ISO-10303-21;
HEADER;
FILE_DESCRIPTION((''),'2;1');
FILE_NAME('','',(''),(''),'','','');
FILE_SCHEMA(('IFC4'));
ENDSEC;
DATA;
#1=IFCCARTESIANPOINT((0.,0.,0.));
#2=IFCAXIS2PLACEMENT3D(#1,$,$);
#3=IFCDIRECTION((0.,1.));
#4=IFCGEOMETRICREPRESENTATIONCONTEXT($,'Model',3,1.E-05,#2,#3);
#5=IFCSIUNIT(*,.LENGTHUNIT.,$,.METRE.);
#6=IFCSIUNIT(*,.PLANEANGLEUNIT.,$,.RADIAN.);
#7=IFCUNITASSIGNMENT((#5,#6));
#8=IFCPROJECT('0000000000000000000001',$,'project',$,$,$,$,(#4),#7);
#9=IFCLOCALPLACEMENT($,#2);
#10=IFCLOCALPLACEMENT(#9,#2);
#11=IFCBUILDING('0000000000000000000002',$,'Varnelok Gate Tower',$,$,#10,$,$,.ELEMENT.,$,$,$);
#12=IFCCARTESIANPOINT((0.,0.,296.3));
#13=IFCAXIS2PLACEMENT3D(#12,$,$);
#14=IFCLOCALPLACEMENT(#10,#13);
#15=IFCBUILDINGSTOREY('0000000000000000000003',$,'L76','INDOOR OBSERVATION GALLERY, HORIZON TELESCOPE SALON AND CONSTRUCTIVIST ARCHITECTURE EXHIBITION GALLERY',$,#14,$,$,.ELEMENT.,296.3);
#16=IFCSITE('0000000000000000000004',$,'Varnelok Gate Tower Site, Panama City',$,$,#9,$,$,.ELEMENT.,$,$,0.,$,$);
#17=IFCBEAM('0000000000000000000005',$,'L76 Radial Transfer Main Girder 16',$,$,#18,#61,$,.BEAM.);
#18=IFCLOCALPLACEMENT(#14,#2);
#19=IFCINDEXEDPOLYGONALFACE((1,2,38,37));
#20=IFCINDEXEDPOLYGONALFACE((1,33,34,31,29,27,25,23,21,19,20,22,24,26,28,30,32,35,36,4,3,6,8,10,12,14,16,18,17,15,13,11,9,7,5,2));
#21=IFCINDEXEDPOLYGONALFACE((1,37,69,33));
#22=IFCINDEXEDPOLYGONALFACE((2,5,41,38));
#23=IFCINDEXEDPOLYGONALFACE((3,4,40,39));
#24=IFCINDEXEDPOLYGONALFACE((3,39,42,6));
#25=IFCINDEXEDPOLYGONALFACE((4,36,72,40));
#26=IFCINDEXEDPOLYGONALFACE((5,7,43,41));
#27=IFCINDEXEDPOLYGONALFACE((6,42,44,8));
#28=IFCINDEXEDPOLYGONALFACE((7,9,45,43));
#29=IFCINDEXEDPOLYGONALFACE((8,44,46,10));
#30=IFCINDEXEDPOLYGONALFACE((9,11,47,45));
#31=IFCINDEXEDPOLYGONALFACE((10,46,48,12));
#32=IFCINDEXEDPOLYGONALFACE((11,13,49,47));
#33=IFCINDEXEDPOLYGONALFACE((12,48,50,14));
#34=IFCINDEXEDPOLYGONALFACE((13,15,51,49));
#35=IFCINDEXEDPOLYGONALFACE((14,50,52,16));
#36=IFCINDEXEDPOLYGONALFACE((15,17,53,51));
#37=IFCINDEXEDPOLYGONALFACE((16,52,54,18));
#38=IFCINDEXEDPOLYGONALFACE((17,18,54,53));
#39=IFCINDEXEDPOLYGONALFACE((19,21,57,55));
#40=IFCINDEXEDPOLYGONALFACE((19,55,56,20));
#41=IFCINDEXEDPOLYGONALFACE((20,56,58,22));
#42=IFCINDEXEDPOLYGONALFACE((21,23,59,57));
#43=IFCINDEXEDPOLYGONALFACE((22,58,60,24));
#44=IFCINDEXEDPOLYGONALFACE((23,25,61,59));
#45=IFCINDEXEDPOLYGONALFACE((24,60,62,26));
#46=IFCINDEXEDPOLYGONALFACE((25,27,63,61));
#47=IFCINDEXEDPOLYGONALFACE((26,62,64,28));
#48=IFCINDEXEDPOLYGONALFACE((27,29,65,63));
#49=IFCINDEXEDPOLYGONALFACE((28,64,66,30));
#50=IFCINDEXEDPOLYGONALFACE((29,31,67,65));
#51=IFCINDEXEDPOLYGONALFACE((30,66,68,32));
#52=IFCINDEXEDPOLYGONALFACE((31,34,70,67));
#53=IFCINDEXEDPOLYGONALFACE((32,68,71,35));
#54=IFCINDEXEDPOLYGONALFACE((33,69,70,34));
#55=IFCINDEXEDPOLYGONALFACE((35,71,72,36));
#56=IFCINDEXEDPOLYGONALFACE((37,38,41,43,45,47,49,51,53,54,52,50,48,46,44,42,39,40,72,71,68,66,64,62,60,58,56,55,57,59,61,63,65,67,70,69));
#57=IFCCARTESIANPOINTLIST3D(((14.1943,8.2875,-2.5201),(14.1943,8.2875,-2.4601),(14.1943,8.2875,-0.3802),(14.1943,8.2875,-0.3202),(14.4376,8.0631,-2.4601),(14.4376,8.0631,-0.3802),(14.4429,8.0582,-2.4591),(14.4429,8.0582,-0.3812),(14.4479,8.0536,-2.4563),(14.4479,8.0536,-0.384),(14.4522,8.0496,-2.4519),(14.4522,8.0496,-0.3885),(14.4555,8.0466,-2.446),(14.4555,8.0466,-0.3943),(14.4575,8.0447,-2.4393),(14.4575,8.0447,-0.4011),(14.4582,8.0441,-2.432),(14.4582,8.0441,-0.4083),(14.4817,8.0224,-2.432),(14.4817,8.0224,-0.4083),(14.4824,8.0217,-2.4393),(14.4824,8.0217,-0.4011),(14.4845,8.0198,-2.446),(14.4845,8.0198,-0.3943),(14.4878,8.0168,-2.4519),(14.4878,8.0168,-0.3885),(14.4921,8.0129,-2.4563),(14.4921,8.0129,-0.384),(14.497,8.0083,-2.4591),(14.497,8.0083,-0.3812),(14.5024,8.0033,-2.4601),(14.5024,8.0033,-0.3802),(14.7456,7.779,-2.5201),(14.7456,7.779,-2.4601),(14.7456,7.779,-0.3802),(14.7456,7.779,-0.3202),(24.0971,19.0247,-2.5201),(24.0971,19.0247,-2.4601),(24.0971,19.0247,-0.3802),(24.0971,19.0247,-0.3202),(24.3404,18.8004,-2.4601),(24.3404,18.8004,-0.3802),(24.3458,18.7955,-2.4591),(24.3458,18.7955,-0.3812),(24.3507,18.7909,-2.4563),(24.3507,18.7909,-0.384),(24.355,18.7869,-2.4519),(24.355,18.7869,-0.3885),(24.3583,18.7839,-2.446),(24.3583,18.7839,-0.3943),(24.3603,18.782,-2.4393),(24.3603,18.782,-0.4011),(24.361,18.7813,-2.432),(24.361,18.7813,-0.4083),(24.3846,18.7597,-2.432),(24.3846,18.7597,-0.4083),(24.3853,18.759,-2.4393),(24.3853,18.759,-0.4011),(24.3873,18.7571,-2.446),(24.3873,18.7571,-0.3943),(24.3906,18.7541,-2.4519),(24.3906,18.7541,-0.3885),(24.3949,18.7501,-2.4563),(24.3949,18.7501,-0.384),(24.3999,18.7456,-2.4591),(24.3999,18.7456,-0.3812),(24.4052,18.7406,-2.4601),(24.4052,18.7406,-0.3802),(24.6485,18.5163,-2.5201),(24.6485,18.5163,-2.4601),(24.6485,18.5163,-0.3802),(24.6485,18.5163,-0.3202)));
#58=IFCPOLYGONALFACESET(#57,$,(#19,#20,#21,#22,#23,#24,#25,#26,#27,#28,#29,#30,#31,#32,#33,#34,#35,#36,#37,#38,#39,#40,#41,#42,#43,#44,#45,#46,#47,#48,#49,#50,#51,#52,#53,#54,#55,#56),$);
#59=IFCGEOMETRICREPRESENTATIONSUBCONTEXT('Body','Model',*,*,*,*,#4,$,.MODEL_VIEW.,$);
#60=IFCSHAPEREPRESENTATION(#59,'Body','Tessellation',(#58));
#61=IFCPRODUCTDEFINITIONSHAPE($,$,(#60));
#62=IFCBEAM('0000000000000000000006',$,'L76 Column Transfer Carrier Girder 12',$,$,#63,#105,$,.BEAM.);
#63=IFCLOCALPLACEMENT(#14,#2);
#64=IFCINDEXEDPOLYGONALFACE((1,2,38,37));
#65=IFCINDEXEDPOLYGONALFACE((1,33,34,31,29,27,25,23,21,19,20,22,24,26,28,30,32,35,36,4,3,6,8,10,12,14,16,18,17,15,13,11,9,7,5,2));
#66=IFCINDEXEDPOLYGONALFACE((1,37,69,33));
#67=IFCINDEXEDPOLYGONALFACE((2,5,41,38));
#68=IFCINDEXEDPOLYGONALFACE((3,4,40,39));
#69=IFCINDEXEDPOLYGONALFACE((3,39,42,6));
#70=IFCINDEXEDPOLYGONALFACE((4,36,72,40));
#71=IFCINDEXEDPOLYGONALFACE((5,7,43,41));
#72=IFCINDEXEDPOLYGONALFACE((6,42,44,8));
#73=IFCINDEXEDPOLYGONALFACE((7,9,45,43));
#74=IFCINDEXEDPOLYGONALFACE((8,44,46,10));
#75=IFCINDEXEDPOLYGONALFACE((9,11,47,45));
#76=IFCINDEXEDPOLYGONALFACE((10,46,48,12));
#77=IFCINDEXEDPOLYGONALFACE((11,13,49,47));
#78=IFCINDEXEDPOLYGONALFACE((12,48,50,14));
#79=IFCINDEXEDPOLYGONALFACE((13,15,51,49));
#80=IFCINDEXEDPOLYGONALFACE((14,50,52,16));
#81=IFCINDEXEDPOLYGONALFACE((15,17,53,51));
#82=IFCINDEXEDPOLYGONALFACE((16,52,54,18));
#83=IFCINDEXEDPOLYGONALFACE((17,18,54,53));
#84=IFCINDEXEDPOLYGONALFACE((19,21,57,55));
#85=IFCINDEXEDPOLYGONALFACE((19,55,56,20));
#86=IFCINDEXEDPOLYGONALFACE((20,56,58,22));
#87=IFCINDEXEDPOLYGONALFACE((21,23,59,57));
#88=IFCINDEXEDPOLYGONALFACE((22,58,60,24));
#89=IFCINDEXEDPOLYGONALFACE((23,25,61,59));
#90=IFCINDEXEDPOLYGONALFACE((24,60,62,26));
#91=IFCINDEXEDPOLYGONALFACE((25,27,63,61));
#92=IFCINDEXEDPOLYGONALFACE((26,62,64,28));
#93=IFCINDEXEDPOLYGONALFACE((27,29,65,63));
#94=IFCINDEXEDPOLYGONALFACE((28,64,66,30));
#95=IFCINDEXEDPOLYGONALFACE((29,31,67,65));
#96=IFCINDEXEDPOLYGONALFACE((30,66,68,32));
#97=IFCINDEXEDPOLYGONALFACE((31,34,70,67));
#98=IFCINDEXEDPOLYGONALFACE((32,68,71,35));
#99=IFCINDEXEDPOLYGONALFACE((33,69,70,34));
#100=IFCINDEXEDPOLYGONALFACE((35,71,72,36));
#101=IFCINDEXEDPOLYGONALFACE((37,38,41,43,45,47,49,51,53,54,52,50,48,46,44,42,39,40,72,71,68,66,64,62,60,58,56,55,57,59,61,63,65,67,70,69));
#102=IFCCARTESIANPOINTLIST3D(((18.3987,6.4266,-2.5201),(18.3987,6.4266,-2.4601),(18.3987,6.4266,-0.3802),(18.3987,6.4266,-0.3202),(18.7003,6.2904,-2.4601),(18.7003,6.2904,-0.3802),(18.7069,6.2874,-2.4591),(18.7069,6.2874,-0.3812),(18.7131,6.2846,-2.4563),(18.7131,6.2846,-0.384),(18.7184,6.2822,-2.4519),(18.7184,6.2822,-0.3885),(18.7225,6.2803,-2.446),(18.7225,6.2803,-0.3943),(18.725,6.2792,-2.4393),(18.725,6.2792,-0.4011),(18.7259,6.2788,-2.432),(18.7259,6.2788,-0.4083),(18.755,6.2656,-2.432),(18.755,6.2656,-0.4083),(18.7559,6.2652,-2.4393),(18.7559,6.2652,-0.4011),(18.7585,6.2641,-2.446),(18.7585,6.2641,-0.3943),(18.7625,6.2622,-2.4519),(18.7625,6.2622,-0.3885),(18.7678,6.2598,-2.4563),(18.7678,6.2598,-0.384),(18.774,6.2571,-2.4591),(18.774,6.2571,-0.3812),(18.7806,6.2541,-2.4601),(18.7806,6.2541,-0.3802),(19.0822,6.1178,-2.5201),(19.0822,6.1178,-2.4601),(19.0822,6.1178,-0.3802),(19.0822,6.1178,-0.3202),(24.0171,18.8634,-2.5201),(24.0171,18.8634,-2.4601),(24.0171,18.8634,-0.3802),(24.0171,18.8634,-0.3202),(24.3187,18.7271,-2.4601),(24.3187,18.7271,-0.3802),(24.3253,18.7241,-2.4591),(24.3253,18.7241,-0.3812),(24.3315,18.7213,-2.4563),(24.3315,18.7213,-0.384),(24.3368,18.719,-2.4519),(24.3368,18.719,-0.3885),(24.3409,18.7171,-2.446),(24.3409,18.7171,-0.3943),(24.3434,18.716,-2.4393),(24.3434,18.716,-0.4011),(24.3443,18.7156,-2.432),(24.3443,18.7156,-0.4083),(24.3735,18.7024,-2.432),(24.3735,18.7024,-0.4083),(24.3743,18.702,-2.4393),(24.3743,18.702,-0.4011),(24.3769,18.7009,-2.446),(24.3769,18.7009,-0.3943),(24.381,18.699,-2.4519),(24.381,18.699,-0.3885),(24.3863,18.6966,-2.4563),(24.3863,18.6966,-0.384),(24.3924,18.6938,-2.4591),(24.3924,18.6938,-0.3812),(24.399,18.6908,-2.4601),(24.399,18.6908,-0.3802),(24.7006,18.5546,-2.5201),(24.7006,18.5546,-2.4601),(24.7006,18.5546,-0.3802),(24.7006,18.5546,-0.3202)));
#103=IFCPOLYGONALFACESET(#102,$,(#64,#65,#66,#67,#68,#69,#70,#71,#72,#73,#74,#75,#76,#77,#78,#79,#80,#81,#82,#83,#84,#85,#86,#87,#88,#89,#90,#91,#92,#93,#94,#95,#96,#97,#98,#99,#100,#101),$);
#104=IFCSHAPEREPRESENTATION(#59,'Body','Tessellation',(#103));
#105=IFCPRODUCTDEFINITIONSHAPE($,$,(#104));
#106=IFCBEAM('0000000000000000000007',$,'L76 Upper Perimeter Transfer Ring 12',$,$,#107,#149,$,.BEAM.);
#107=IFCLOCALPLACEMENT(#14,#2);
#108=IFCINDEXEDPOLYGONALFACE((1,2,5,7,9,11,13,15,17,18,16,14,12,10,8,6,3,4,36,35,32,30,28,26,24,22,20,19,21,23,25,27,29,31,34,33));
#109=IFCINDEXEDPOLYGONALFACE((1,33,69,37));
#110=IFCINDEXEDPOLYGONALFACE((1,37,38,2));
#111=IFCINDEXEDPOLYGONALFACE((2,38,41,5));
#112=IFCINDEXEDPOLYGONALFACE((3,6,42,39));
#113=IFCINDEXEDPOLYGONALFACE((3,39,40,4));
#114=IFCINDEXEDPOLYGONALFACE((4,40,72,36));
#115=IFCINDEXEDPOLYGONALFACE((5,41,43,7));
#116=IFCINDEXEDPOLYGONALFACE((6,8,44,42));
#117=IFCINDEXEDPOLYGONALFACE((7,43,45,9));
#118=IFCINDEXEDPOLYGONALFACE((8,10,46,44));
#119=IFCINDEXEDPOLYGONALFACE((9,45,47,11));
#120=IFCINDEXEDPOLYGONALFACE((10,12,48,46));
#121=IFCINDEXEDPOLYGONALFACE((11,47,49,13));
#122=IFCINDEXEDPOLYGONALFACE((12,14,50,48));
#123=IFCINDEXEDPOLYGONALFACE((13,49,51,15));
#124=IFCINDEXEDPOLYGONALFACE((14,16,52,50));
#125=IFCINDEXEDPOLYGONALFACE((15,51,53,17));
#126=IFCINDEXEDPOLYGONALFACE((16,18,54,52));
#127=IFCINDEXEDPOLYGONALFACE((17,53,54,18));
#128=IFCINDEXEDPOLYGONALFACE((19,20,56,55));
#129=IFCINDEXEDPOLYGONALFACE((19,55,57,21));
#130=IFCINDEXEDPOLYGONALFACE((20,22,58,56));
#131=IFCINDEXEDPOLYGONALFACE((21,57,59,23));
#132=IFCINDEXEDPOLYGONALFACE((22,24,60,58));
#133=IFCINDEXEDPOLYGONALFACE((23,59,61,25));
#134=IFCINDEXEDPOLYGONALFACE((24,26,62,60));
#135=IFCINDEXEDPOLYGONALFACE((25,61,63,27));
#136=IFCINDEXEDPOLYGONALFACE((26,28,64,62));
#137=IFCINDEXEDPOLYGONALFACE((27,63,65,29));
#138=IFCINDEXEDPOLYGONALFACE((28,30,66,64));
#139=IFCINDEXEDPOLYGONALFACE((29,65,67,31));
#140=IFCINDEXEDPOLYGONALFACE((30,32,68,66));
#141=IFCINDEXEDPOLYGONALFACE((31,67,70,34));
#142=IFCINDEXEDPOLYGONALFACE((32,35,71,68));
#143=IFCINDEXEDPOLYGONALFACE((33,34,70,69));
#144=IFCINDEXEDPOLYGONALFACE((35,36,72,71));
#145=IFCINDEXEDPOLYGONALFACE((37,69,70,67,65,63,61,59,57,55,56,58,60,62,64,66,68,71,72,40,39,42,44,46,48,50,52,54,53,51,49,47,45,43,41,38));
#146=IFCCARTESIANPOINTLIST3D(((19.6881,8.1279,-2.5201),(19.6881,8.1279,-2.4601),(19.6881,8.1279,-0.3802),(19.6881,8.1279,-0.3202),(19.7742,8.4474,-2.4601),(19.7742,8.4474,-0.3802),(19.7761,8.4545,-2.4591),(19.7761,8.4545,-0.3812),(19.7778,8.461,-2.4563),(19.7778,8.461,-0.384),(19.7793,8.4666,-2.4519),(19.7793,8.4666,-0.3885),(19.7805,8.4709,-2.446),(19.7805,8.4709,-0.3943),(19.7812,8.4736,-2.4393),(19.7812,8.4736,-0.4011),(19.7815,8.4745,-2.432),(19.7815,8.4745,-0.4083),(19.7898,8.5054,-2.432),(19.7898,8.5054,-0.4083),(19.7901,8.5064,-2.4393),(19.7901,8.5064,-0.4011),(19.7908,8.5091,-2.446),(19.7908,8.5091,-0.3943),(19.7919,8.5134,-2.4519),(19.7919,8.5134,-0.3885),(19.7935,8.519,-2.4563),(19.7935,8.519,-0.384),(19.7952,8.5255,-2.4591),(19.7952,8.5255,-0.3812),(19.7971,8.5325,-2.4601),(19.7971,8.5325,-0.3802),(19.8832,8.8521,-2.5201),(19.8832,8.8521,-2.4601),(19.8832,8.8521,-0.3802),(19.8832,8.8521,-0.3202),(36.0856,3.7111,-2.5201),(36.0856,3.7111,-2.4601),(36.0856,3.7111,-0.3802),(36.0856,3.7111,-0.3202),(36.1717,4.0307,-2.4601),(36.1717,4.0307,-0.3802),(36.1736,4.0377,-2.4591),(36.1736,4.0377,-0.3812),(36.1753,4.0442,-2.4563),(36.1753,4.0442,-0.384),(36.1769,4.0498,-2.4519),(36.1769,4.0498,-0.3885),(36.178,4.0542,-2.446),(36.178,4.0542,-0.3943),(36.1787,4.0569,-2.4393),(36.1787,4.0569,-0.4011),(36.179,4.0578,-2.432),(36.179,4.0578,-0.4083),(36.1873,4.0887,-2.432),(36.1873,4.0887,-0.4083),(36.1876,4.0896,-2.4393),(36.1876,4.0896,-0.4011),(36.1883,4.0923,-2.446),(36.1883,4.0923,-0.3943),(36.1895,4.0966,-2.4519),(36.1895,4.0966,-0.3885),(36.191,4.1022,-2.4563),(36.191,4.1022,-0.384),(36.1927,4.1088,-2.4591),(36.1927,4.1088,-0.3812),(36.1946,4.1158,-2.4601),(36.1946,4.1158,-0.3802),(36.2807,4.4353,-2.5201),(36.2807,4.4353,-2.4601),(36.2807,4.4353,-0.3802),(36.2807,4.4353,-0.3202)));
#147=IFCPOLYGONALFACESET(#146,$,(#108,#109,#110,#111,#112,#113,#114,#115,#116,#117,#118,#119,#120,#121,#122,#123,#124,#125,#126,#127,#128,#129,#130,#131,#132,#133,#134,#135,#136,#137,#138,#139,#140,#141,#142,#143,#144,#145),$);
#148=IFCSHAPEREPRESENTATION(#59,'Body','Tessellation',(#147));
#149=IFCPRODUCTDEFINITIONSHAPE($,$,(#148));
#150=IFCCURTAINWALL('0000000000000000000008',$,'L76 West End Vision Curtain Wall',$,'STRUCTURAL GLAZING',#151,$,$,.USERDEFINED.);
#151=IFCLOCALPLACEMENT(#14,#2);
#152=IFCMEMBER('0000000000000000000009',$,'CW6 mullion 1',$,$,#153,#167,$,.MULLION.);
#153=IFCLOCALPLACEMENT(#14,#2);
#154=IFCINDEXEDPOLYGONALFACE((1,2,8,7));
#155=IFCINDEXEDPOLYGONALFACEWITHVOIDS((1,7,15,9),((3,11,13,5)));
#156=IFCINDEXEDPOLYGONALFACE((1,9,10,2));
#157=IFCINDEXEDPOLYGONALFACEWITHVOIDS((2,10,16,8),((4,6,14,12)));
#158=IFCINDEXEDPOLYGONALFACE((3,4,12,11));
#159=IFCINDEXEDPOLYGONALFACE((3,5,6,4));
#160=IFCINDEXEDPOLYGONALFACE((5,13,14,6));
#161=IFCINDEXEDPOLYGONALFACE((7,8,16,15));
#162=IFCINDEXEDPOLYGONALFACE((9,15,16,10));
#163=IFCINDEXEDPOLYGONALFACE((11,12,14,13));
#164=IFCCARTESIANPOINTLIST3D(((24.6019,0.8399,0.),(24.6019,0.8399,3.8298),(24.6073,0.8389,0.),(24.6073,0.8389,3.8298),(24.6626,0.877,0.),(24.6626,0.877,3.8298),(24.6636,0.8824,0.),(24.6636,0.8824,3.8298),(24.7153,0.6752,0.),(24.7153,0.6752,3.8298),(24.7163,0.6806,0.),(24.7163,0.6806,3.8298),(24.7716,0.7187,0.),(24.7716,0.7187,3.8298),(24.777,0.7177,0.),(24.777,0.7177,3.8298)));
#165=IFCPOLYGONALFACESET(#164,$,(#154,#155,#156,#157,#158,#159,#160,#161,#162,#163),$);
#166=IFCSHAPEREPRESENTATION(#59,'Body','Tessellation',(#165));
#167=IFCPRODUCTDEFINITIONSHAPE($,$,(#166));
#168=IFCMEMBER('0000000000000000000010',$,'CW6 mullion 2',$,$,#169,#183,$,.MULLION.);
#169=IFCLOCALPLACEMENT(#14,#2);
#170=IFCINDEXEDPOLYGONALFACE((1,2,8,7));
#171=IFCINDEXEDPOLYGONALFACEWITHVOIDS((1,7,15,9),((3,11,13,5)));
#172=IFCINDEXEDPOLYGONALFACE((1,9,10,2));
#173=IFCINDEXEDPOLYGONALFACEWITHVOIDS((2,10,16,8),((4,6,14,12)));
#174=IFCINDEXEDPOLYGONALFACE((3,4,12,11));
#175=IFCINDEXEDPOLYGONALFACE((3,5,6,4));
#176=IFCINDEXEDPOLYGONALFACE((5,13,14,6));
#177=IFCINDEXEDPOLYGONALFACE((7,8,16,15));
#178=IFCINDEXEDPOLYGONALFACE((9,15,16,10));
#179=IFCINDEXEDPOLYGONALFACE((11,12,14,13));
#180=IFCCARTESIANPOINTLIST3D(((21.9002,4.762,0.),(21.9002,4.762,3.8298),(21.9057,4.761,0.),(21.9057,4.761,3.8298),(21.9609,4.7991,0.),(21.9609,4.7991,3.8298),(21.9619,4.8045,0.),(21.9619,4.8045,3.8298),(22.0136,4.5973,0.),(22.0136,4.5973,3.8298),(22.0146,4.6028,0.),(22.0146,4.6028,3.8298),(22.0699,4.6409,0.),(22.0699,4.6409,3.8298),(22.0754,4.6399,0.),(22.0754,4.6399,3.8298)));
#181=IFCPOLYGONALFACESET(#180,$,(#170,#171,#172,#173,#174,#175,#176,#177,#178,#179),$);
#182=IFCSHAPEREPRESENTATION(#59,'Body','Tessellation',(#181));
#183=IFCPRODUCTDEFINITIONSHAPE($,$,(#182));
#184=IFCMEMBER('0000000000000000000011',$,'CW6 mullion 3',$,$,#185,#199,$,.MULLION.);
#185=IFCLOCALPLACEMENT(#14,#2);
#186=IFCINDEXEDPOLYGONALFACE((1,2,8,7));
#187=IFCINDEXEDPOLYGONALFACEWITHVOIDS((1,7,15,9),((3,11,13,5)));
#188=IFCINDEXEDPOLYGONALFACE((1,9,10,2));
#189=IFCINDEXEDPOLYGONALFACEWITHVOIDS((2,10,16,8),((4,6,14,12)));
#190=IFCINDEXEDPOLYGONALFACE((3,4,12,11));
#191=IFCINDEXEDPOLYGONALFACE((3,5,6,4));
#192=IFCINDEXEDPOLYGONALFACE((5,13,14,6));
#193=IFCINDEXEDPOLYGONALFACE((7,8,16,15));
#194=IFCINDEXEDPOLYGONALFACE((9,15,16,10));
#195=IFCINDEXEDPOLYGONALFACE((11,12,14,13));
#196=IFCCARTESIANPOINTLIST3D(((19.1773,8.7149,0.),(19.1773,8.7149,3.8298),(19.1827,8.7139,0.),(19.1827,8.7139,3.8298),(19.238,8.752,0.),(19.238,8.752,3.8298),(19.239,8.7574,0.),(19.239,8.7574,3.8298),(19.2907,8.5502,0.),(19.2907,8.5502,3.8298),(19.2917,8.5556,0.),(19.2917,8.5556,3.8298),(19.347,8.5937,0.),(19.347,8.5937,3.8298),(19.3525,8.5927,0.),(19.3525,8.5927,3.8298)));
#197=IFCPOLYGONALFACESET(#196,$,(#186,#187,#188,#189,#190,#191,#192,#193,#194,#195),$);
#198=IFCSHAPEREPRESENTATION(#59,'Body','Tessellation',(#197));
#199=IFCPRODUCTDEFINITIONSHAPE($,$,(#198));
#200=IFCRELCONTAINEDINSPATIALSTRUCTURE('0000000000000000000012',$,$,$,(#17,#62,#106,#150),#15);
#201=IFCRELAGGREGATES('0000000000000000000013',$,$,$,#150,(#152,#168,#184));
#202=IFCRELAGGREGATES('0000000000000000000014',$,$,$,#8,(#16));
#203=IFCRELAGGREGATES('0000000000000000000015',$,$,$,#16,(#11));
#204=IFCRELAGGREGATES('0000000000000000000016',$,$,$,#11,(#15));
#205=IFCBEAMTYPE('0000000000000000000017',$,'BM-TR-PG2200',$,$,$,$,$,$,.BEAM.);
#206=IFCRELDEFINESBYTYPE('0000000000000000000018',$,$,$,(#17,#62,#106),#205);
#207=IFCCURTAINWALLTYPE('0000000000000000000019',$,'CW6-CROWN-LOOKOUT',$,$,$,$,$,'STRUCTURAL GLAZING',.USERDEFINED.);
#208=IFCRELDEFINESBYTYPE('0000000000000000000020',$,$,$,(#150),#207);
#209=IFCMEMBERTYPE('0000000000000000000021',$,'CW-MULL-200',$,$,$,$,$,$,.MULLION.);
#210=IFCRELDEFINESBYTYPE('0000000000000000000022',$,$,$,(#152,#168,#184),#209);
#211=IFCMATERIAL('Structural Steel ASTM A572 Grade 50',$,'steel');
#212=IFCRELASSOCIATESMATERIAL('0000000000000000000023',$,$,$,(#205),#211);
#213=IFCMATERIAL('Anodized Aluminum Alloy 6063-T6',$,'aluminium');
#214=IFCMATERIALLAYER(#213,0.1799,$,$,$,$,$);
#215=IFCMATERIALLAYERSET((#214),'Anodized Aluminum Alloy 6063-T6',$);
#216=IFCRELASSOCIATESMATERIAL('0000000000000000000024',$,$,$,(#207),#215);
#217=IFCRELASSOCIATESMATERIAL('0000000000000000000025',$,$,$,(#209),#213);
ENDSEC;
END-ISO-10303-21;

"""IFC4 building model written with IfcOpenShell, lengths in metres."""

from ifc_helpers import new_model, si_unit, direction, frame, origin, origin_2d, place, context, subcontext, project, spatial, hollow_rectangle, i_section, extrude, material, layer, layer_set, material_profile, profile_set, type_object, element, aggregate, save


model = new_model("IFC4")

# Units and contexts
model_context = context("Model", 3, precision=1e-05, world=origin(), true_north=direction((0.0, 1.0)))
body_context = subcontext(model_context, "Body", "Model", "MODEL_VIEW")
ifc_project = project(units=[si_unit("LENGTHUNIT", "METRE"), si_unit("PLANEANGLEUNIT", "RADIAN")], contexts=[model_context])

# Site, building, storey
site_placement = place(None, origin())
site = spatial("IfcSite", under=ifc_project, at=site_placement, Name="Varnelok Gate Tower Site, Panama City", CompositionType="ELEMENT", RefElevation=0.0)
building_placement = place(site_placement, origin())
building = spatial("IfcBuilding", under=site, at=building_placement, Name="Varnelok Gate Tower", CompositionType="ELEMENT")
storey_placement = place(building_placement, frame((0.0, 0.0, 296.3)))
storey = spatial("IfcBuildingStorey", under=building, at=storey_placement, Name="L76", Description="INDOOR OBSERVATION GALLERY, HORIZON TELESCOPE SALON AND CONSTRUCTIVIST ARCHITECTURE EXHIBITION GALLERY", CompositionType="ELEMENT", Elevation=296.3)

# Beams
ifc_material_1 = material(Name="Structural Steel ASTM A572 Grade 50", Category="steel")
ifc_material_profile_1 = material_profile(ifc_material_1, i_section(OverallWidth=0.75, OverallDepth=2.2, WebThickness=0.032, FlangeThickness=0.0601, FilletRadius=0.0281, at=origin_2d()), Name="PG2200X750")
ifc_profile_set_1 = profile_set([ifc_material_profile_1], Name="Structural Steel ASTM A572 Grade 50")
beam_type_1 = type_object("IfcBeamType", Name="BM-TR-PG2200", PredefinedType="BEAM", material=ifc_profile_set_1)
beam_1_placement = place(storey_placement, frame((24.3728, 18.7705, -1.4202), z_axis=(-0.677965, -0.735094, 0.0), x_axis=(0.735094, -0.677965, 0.0)))
element("IfcBeam", 1, at=beam_1_placement, inside=storey, type_object=beam_type_1, Name="L76 Radial Transfer Main Girder 16", PredefinedType="BEAM", context=body_context, shape_type="SweptSolid", body=[
    extrude(i_section(OverallWidth=0.75, OverallDepth=2.2, WebThickness=0.032, FlangeThickness=0.0601, FilletRadius=0.0281, at=origin_2d()), origin(), (0.0, 0.0, 1.0), 14.6067),
])
beam_2_placement = place(storey_placement, frame((24.3589, 18.709, -1.4202), z_axis=(-0.411696, -0.911321, 0.0), x_axis=(0.911321, -0.411696, 0.0)))
element("IfcBeam", 2, at=beam_2_placement, inside=storey, type_object=beam_type_1, Name="L76 Column Transfer Carrier Girder 12", PredefinedType="BEAM", context=body_context, shape_type="SweptSolid", body=[
    extrude(i_section(OverallWidth=0.75, OverallDepth=2.2, WebThickness=0.032, FlangeThickness=0.0601, FilletRadius=0.0281, at=origin_2d()), origin(), (0.0, 0.0, 1.0), 13.647),
])
beam_3_placement = place(storey_placement, frame((19.7856, 8.49, -1.4202), z_axis=(0.965585, -0.260086, 0.0), x_axis=(0.260086, 0.965585, 0.0)))
element("IfcBeam", 3, at=beam_3_placement, inside=storey, type_object=beam_type_1, Name="L76 Upper Perimeter Transfer Ring 12", PredefinedType="BEAM", context=body_context, shape_type="SweptSolid", body=[
    extrude(i_section(OverallWidth=0.75, OverallDepth=2.2, WebThickness=0.032, FlangeThickness=0.0601, FilletRadius=0.0281, at=origin_2d()), origin(), (0.0, 0.0, 1.0), 16.9819),
])

# Curtain wall, members
ifc_material_2 = material(Name="Anodized Aluminum Alloy 6063-T6", Category="aluminium")
ifc_layer_1 = layer(ifc_material_2, 0.1799)
ifc_layer_set_1 = layer_set([ifc_layer_1], Name="Anodized Aluminum Alloy 6063-T6")
curtain_wall_type = type_object("IfcCurtainWallType", Name="CW6-CROWN-LOOKOUT", ElementType="STRUCTURAL GLAZING", PredefinedType="USERDEFINED", material=ifc_layer_set_1)
curtain_wall_placement = place(storey_placement, origin())
curtain_wall = element("IfcCurtainWall", 4, at=curtain_wall_placement, inside=storey, type_object=curtain_wall_type, Name="L76 West End Vision Curtain Wall", ObjectType="STRUCTURAL GLAZING", PredefinedType="USERDEFINED")
ifc_material_profile_2 = material_profile(ifc_material_2, hollow_rectangle(XDim=0.075, YDim=0.2, WallThickness=0.0039, at=origin_2d()), Name="ALU200X75X4")
ifc_profile_set_2 = profile_set([ifc_material_profile_2], Name="Anodized Aluminum Alloy 6063-T6")
member_type_1 = type_object("IfcMemberType", Name="CW-MULL-200", PredefinedType="MULLION", material=ifc_profile_set_2)
member_1_placement = place(storey_placement, frame((24.6895, 0.7788, 0.0), z_axis=(0.0, 0.0, 1.0), x_axis=(-0.823532, -0.56727, 0.0)))
member_1 = element("IfcMember", 5, at=member_1_placement, type_object=member_type_1, Name="CW6 mullion 1", PredefinedType="MULLION", context=body_context, shape_type="SweptSolid", body=[
    extrude(hollow_rectangle(XDim=0.075, YDim=0.2, WallThickness=0.0039, at=origin_2d()), origin(), (0.0, 0.0, 1.0), 3.8298),
])
member_2_placement = place(storey_placement, frame((21.9878, 4.7009, 0.0), z_axis=(0.0, 0.0, 1.0), x_axis=(-0.823532, -0.56727, 0.0)))
member_2 = element("IfcMember", 6, at=member_2_placement, type_object=member_type_1, Name="CW6 mullion 2", PredefinedType="MULLION", context=body_context, shape_type="SweptSolid", body=[
    extrude(hollow_rectangle(XDim=0.075, YDim=0.2, WallThickness=0.0039, at=origin_2d()), origin(), (0.0, 0.0, 1.0), 3.8298),
])
member_3_placement = place(storey_placement, frame((19.2649, 8.6538, 0.0), z_axis=(0.0, 0.0, 1.0), x_axis=(-0.823532, -0.56727, 0.0)))
member_3 = element("IfcMember", 7, at=member_3_placement, type_object=member_type_1, Name="CW6 mullion 3", PredefinedType="MULLION", context=body_context, shape_type="SweptSolid", body=[
    extrude(hollow_rectangle(XDim=0.075, YDim=0.2, WallThickness=0.0039, at=origin_2d()), origin(), (0.0, 0.0, 1.0), 3.8298),
])
aggregate(curtain_wall, [member_1, member_2, member_3])

save(model, "model.ifc")
